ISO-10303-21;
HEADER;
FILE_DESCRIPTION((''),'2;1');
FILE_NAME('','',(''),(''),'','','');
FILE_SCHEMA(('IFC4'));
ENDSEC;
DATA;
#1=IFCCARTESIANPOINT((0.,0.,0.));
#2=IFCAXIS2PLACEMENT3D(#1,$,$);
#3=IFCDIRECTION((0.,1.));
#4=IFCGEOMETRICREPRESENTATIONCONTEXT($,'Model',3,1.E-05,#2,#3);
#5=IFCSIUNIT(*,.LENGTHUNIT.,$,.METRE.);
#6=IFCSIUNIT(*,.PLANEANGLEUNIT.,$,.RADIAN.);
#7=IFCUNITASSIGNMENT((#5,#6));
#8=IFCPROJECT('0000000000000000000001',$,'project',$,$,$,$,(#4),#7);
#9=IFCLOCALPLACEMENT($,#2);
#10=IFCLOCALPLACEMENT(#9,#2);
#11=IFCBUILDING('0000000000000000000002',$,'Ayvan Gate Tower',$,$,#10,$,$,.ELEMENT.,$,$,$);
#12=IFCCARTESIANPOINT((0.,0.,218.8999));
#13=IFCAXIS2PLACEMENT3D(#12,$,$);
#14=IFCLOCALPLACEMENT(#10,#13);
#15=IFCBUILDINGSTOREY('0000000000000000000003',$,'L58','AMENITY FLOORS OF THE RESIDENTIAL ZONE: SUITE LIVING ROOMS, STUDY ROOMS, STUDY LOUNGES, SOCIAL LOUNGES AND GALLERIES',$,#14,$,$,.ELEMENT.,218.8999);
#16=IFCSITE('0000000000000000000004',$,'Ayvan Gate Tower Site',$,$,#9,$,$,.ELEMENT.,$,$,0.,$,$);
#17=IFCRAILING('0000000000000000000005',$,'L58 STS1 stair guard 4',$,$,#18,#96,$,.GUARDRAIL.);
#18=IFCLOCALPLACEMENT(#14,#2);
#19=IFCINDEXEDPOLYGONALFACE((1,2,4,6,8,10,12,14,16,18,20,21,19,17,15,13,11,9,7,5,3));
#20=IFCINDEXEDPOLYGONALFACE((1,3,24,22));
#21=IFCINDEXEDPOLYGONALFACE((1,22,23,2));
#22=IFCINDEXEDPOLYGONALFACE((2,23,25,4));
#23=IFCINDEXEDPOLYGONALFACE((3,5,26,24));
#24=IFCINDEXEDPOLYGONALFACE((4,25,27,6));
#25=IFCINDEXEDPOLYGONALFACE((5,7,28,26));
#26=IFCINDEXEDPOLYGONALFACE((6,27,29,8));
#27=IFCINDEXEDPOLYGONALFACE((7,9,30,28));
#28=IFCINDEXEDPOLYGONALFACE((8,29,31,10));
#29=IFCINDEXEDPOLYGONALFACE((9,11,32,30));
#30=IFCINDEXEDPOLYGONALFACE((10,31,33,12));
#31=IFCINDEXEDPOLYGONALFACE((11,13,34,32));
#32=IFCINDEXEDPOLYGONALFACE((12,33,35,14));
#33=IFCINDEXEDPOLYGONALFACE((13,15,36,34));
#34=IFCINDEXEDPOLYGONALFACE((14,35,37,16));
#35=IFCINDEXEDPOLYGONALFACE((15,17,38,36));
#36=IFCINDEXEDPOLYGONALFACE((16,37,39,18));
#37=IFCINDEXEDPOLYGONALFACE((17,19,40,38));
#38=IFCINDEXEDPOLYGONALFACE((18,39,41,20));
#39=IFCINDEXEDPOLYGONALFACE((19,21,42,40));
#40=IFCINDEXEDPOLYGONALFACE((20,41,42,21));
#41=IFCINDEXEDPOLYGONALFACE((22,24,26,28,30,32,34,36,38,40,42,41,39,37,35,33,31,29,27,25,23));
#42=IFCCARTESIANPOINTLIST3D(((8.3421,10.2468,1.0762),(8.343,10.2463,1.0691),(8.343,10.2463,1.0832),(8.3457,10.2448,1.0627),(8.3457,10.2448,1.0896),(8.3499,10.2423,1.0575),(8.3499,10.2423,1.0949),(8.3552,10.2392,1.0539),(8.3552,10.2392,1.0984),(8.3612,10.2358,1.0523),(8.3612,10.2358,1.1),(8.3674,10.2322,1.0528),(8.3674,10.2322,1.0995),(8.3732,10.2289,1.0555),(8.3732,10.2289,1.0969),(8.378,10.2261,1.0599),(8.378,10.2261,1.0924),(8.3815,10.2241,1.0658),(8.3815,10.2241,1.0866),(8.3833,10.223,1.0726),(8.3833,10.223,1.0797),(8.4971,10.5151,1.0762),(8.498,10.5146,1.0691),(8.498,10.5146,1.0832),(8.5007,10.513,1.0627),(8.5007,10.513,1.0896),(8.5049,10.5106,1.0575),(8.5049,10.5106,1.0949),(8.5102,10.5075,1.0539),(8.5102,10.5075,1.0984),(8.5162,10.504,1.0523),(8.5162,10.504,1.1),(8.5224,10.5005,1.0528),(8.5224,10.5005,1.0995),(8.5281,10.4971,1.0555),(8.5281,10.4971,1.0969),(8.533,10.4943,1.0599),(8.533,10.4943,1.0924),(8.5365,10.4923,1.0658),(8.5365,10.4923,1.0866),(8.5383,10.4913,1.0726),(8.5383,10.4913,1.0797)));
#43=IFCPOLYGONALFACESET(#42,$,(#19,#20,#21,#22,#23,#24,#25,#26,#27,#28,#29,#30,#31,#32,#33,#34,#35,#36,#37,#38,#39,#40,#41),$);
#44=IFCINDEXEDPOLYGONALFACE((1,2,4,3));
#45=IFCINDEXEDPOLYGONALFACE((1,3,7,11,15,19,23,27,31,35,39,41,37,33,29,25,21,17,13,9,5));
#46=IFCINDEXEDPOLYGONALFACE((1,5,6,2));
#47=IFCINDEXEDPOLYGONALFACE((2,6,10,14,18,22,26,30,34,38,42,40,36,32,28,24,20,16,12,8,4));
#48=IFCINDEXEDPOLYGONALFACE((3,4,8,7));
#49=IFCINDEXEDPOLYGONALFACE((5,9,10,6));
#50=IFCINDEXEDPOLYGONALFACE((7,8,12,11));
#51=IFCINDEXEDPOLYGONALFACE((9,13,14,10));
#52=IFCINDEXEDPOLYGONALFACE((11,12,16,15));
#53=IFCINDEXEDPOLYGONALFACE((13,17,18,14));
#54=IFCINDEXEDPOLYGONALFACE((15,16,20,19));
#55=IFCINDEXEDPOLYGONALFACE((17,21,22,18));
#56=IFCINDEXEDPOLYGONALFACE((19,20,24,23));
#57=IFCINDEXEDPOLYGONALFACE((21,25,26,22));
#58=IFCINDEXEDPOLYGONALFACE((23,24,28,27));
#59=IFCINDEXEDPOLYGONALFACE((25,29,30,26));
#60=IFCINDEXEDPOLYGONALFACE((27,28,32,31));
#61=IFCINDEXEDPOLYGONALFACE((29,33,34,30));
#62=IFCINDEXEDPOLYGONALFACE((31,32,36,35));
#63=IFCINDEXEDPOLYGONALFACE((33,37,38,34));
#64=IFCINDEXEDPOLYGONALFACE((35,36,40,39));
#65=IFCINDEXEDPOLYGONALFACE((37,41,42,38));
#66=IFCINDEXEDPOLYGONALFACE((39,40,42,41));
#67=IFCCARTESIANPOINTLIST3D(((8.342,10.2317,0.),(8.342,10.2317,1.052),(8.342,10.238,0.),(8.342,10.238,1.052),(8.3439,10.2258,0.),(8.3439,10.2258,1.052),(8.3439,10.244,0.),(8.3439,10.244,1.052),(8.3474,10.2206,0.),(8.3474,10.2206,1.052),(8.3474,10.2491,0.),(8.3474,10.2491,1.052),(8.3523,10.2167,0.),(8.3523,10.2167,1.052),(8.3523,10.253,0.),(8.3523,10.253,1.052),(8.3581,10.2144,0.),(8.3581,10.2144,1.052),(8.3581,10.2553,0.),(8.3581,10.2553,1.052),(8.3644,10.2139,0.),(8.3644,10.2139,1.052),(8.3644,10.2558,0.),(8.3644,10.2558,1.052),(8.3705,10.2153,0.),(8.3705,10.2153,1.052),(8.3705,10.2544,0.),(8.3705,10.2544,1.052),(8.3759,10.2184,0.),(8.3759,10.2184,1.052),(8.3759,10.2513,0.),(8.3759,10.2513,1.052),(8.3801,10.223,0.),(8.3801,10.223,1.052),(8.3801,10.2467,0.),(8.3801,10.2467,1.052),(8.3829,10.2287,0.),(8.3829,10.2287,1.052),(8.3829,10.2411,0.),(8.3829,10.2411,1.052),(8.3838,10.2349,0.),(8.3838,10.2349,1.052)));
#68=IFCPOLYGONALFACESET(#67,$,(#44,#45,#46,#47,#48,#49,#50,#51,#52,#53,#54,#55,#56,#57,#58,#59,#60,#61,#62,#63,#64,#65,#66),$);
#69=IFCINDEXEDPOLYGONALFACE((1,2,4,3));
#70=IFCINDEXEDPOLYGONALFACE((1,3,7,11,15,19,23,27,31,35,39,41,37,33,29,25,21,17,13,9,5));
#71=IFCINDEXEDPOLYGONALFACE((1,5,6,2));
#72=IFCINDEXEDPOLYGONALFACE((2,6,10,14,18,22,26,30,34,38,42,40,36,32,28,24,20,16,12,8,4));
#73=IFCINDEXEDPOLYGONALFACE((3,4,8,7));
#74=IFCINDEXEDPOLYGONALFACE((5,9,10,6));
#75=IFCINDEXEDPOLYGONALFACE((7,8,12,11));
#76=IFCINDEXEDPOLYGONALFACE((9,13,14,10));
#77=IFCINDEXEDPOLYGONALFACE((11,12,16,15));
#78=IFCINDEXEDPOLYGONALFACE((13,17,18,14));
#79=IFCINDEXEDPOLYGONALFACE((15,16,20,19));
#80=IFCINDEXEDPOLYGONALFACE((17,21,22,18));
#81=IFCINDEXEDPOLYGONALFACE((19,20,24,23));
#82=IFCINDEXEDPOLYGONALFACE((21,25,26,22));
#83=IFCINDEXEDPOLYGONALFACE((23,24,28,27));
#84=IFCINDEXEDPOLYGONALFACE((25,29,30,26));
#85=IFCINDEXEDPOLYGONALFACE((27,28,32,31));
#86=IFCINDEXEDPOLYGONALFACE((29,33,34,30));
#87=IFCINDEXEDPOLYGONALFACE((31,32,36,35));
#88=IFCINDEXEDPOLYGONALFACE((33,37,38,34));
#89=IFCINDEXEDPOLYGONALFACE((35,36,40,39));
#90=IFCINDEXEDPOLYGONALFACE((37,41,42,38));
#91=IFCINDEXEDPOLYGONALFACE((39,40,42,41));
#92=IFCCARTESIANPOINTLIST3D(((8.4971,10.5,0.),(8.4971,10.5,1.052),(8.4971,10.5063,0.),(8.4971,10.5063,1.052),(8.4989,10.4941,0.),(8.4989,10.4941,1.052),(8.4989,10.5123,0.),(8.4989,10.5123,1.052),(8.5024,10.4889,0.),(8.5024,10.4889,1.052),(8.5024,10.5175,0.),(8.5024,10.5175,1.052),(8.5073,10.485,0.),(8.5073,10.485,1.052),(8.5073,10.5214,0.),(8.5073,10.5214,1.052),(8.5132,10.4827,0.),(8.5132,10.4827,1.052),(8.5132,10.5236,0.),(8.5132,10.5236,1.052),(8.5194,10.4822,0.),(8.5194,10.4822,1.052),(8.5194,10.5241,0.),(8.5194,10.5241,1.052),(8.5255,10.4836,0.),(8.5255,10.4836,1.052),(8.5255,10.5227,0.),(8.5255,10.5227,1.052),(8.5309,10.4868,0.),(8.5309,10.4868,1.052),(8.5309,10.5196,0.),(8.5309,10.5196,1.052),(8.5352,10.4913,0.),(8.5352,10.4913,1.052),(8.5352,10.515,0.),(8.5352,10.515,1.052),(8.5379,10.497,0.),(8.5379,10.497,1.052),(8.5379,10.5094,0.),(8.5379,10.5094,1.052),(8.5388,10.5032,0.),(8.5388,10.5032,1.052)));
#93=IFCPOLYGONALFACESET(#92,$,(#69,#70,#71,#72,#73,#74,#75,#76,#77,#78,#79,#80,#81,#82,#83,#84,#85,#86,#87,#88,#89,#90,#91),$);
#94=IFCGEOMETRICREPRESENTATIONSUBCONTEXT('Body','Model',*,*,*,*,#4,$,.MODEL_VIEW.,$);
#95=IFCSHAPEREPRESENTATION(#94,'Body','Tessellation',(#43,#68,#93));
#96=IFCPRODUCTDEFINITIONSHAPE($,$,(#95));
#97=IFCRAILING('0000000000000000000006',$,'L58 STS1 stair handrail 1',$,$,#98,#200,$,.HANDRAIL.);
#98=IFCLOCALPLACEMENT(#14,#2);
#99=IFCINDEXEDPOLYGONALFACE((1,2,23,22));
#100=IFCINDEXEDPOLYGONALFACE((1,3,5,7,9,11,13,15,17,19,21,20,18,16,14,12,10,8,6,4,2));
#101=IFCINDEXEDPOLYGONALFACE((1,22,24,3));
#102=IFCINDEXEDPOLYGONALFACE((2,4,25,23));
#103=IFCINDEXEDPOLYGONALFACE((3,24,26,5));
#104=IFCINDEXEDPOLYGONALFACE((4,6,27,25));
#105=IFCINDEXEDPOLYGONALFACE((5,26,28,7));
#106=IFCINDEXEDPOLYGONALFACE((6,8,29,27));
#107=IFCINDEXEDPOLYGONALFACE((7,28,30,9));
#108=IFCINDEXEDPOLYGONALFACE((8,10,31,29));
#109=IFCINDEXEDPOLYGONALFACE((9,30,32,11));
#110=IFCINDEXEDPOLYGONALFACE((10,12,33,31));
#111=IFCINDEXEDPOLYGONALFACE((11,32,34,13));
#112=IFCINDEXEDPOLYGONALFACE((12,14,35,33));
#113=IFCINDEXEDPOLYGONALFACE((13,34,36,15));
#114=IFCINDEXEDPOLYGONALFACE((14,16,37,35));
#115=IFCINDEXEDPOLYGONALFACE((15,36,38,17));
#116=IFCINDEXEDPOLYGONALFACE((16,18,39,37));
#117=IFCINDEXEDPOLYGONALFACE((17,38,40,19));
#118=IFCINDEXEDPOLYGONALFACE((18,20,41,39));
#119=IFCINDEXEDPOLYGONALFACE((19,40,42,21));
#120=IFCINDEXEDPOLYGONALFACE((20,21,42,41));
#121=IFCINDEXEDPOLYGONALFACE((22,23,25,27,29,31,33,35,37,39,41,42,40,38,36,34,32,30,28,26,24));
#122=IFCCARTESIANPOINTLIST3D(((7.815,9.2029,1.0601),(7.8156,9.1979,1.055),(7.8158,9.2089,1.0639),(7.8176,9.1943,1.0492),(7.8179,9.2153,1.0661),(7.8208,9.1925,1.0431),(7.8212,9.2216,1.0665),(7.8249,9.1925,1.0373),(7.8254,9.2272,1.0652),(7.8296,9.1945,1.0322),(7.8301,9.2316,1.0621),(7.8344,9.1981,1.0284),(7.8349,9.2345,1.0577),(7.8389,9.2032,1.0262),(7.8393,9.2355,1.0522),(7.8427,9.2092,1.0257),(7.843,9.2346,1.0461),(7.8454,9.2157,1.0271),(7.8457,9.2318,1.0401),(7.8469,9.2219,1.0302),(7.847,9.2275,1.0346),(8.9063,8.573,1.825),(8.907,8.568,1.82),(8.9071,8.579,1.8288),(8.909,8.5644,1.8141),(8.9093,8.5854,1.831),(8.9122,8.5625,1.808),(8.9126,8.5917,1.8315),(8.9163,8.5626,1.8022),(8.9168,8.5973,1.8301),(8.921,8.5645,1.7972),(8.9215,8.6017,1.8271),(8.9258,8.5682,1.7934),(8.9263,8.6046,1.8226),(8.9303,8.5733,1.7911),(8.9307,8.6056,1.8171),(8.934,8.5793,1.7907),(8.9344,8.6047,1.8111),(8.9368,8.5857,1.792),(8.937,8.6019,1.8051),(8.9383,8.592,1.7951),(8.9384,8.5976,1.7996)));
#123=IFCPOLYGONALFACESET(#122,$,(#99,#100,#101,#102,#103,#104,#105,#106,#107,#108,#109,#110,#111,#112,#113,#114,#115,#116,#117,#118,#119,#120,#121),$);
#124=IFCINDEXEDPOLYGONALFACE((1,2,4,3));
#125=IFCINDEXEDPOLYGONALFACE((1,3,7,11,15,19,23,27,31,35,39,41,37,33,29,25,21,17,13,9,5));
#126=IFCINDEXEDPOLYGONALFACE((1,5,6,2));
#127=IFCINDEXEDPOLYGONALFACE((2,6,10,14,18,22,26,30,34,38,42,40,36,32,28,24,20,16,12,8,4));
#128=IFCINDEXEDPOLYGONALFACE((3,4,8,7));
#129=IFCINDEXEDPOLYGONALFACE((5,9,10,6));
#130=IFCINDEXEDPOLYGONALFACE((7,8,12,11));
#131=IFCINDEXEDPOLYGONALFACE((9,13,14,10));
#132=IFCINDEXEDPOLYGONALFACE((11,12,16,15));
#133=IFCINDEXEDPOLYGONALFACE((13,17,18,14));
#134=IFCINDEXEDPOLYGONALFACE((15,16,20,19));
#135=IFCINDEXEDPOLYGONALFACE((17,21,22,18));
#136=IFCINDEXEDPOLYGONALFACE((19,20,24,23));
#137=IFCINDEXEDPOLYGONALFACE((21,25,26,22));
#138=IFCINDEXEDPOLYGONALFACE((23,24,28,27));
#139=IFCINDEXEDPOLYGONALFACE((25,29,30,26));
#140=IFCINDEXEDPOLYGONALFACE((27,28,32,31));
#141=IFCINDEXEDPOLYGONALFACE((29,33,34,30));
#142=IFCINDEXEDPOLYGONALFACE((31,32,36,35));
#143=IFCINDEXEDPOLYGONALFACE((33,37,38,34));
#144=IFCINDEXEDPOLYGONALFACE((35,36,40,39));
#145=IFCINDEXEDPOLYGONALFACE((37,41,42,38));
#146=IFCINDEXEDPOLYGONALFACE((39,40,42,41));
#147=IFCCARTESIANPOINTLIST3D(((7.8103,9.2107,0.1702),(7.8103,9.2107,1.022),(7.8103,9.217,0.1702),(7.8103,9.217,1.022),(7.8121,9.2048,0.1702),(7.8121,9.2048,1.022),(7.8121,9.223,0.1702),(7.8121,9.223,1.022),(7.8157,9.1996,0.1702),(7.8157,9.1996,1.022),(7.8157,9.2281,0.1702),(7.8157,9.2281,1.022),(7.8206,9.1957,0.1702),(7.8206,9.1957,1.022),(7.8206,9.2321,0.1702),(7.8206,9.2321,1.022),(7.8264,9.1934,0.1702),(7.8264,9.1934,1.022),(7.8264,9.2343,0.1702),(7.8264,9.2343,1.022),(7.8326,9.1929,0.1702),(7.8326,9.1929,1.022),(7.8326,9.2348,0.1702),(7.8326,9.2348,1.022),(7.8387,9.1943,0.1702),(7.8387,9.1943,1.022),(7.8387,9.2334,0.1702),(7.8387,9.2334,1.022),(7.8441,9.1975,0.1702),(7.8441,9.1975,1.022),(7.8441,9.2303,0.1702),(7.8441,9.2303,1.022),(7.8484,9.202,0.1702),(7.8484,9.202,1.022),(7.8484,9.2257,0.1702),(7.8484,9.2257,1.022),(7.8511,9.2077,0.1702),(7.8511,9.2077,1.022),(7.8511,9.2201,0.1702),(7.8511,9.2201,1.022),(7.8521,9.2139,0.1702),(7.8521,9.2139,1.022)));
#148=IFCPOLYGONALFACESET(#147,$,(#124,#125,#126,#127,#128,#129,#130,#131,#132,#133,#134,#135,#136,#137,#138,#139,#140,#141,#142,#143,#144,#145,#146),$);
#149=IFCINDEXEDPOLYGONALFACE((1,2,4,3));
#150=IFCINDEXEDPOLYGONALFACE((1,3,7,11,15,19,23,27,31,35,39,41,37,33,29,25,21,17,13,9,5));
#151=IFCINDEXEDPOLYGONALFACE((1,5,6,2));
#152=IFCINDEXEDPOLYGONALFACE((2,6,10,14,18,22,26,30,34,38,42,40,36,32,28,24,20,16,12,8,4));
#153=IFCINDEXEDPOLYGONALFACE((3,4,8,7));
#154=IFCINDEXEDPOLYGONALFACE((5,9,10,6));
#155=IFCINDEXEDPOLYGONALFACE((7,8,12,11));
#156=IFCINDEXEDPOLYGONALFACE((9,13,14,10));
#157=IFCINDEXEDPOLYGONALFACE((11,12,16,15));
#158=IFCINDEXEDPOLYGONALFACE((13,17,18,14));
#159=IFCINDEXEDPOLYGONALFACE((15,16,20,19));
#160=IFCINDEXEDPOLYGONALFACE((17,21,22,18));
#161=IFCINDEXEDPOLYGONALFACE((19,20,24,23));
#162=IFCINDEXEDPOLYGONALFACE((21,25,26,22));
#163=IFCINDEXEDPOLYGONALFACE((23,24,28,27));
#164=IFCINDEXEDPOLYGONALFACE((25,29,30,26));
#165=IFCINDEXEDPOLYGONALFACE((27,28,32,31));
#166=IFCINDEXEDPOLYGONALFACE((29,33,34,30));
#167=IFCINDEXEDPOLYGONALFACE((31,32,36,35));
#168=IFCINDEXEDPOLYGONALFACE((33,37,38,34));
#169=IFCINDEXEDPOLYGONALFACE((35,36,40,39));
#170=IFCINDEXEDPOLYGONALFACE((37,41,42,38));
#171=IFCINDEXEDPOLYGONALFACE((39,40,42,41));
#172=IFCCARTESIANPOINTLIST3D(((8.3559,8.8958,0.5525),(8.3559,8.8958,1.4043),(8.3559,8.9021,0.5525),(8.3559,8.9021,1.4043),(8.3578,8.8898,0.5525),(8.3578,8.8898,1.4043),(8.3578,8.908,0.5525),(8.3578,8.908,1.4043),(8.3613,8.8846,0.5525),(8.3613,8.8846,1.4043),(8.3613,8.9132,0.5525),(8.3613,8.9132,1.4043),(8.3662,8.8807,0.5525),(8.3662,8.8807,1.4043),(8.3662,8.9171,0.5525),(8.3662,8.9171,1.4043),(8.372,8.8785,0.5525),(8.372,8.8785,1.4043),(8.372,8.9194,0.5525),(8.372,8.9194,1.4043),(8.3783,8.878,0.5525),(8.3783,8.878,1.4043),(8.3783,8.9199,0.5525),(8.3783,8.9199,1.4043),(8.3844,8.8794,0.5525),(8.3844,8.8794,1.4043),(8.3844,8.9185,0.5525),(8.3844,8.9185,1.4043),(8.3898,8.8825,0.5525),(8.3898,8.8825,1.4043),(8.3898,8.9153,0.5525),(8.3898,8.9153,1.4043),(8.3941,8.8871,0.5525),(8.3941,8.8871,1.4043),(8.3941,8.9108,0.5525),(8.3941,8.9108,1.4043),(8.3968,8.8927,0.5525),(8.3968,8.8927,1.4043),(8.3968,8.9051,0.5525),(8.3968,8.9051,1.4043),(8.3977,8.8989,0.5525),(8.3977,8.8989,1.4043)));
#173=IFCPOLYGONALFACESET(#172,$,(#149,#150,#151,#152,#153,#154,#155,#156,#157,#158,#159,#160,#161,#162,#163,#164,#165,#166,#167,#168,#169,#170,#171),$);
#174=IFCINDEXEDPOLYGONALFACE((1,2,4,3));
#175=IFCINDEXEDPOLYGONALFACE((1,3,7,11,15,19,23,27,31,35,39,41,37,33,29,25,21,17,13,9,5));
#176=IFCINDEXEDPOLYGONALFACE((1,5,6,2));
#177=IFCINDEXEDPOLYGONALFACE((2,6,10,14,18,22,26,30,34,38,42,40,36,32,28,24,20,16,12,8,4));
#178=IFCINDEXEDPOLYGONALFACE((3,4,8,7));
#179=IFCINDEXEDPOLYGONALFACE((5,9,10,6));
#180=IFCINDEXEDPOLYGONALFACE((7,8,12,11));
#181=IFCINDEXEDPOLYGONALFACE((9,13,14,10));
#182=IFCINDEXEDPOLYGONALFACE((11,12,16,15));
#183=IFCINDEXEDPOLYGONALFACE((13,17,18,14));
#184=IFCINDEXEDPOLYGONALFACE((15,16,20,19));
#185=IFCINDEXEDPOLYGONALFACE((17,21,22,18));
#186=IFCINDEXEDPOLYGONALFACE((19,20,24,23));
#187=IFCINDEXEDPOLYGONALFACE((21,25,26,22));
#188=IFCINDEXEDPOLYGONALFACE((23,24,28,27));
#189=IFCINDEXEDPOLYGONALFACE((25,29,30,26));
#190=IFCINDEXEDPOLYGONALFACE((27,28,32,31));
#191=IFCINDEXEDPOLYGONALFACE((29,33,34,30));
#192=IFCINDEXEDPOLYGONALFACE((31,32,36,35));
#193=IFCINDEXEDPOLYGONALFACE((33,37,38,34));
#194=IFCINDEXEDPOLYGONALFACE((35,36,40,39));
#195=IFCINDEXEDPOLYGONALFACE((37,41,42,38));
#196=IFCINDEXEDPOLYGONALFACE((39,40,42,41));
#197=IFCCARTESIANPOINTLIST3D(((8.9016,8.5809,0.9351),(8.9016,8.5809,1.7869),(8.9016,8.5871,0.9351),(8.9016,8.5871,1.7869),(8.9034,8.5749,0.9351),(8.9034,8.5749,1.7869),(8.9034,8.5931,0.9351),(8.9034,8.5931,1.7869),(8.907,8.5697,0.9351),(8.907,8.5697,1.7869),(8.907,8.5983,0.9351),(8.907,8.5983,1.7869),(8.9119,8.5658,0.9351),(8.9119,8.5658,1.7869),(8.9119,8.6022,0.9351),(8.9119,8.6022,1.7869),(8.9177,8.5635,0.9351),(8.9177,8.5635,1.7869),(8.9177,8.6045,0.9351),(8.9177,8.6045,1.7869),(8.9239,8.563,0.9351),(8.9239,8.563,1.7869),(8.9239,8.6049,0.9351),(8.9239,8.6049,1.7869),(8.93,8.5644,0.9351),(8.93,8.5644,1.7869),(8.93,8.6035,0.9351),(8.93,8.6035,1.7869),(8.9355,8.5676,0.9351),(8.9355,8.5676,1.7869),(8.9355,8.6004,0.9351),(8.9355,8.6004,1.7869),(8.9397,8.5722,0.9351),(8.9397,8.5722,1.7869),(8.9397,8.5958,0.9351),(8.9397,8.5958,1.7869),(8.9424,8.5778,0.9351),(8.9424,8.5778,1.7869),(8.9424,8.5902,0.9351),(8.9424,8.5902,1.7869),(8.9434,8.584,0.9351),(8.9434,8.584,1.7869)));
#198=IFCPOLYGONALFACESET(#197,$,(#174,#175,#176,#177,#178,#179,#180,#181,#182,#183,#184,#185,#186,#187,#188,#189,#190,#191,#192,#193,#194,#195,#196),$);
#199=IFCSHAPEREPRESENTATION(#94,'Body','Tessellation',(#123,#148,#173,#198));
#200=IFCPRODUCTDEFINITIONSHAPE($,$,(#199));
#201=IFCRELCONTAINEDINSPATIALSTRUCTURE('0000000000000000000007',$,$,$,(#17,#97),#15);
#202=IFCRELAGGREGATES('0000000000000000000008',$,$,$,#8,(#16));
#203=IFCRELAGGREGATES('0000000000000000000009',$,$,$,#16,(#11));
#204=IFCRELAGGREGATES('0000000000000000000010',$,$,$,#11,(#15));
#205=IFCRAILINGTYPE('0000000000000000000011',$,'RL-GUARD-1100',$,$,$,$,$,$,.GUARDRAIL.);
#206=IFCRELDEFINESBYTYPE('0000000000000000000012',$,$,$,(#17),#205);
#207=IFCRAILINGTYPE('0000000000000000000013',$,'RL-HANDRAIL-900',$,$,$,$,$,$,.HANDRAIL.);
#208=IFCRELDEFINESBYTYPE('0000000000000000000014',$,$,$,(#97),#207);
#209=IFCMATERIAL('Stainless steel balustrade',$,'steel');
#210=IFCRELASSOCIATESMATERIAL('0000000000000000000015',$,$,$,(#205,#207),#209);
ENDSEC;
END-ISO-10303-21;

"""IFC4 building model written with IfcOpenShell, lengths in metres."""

from ifc_helpers import new_model, si_unit, direction, frame, origin, origin_2d, place, context, subcontext, project, spatial, circle, extrude, material, type_object, element, save


model = new_model("IFC4")

# Units and contexts
model_context = context("Model", 3, precision=1e-05, world=origin(), true_north=direction((0.0, 1.0)))
body_context = subcontext(model_context, "Body", "Model", "MODEL_VIEW")
ifc_project = project(units=[si_unit("LENGTHUNIT", "METRE"), si_unit("PLANEANGLEUNIT", "RADIAN")], contexts=[model_context])

# Site, building, storey
site_placement = place(None, origin())
site = spatial("IfcSite", under=ifc_project, at=site_placement, Name="Ayvan Gate Tower Site", CompositionType="ELEMENT", RefElevation=0.0)
building_placement = place(site_placement, origin())
building = spatial("IfcBuilding", under=site, at=building_placement, Name="Ayvan Gate Tower", CompositionType="ELEMENT")
storey_placement = place(building_placement, frame((0.0, 0.0, 218.8999)))
storey = spatial("IfcBuildingStorey", under=building, at=storey_placement, Name="L58", Description="AMENITY FLOORS OF THE RESIDENTIAL ZONE: SUITE LIVING ROOMS, STUDY ROOMS, STUDY LOUNGES, SOCIAL LOUNGES AND GALLERIES", CompositionType="ELEMENT", Elevation=218.8999)

# Railings
ifc_material_1 = material(Name="Stainless steel balustrade", Category="steel")
railing_type_1 = type_object("IfcRailingType", Name="RL-GUARD-1100", PredefinedType="GUARDRAIL", material=ifc_material_1)
railing_1_placement = place(storey_placement, frame((8.3628, 10.2349, 0.0)))
element("IfcRailing", 1, at=railing_1_placement, inside=storey, type_object=railing_type_1, Name="L58 STS1 stair guard 4", PredefinedType="GUARDRAIL", context=body_context, shape_type="SweptSolid", body=[
    extrude(circle(Radius=0.0239, at=origin_2d()), frame((0.0, 0.0, 1.0762), z_axis=(0.500291, 0.865857, 0.0), x_axis=(-0.865857, 0.500291, 0.0)), (0.0, 0.0, 1.0), 0.3098),
    extrude(circle(Radius=0.021, at=origin_2d()), origin(), (0.0, 0.0, 1.0), 1.052),
    extrude(circle(Radius=0.021, at=origin_2d()), frame((0.155, 0.2683, 0.0)), (0.0, 0.0, 1.0), 1.052),
])
railing_type_2 = type_object("IfcRailingType", Name="RL-HANDRAIL-900", PredefinedType="HANDRAIL", material=ifc_material_1)
railing_2_placement = place(storey_placement, frame((7.8311, 9.2139, 0.1702)))
element("IfcRailing", 2, at=railing_2_placement, inside=storey, type_object=railing_type_2, Name="L58 STS1 stair handrail 1", PredefinedType="HANDRAIL", context=body_context, shape_type="SweptSolid", body=[
    extrude(circle(Radius=0.0239, at=origin_2d()), frame((0.0, 0.0, 0.876), z_axis=(0.740357, -0.42732, 0.518912), x_axis=(0.49989, 0.866089, 0.0)), (0.0, 0.0, 1.0), 1.4741),
    extrude(circle(Radius=0.021, at=origin_2d()), origin(), (0.0, 0.0, 1.0), 0.8518),
    extrude(circle(Radius=0.021, at=origin_2d()), frame((0.5457, -0.3149, 0.3823)), (0.0, 0.0, 1.0), 0.8518),
    extrude(circle(Radius=0.021, at=origin_2d()), frame((1.0913, -0.6299, 0.7649)), (0.0, 0.0, 1.0), 0.8518),
])

save(model, "model.ifc")
